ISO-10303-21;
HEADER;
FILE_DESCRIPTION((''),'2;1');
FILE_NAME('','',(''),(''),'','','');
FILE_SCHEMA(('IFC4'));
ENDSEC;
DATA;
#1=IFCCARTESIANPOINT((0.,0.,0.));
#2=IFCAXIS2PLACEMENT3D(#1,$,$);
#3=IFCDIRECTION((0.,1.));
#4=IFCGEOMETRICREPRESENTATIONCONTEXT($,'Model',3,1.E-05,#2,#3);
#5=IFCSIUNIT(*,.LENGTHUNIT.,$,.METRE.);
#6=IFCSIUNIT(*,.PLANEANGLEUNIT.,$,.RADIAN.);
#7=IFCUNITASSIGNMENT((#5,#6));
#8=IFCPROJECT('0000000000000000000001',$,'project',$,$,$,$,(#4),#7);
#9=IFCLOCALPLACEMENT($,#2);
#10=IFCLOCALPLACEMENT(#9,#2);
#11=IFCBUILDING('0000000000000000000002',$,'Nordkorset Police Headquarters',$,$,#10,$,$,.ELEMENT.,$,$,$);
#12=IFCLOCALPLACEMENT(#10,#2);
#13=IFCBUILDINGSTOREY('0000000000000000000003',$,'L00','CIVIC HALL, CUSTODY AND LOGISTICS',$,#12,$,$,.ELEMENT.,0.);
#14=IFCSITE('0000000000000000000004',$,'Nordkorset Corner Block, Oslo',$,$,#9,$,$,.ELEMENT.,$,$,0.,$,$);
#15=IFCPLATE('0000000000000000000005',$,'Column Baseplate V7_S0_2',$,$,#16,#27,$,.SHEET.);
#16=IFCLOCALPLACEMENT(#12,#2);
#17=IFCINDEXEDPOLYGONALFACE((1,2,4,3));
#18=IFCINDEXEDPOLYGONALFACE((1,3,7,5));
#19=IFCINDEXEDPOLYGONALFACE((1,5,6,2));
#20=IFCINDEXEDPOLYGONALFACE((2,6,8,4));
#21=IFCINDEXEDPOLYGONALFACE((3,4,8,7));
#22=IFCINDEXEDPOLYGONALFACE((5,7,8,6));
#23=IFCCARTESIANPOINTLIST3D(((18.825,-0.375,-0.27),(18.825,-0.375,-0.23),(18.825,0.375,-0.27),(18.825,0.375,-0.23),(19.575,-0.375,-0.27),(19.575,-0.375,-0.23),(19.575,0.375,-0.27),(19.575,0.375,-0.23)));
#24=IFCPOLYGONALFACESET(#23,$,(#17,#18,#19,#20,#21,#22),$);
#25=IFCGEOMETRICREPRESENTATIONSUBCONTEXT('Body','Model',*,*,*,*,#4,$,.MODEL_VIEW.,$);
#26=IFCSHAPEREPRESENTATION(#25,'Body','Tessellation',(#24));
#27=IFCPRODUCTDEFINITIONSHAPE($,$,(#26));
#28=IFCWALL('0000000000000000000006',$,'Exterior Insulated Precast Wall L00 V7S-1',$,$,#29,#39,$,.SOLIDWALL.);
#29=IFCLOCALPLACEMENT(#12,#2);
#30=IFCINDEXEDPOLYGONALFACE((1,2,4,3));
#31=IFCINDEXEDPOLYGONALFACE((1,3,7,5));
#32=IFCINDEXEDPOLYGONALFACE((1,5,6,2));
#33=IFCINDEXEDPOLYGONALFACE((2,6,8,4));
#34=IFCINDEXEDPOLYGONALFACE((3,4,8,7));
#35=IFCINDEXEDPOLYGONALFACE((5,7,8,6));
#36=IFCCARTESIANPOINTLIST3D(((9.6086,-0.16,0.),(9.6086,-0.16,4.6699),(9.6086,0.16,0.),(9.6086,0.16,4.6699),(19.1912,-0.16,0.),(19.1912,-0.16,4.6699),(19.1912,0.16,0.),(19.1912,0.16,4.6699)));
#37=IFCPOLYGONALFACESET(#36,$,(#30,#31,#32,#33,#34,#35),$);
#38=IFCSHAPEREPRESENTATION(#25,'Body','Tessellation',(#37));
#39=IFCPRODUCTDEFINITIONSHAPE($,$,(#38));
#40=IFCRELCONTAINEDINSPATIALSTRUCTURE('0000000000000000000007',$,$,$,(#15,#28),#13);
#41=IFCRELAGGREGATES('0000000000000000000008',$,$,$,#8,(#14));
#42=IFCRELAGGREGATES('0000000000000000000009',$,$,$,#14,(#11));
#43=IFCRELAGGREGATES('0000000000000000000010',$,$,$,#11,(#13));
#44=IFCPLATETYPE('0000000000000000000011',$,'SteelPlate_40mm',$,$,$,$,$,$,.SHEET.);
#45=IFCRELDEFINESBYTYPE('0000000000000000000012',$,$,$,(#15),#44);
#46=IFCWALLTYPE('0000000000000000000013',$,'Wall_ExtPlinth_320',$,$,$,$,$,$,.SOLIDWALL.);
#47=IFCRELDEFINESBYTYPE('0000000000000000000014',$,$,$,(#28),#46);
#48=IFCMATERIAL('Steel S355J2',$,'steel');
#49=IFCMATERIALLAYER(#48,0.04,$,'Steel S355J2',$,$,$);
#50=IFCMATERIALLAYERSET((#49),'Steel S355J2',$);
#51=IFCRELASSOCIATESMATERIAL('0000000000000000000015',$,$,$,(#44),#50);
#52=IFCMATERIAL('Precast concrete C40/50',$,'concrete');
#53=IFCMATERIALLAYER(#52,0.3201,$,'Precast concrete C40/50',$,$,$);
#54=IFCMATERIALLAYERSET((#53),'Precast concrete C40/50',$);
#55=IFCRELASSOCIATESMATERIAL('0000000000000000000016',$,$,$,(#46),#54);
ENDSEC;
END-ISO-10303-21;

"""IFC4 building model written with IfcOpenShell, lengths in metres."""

from ifc_helpers import new_model, si_unit, direction, frame, frame_2d, origin, origin_2d, place, context, subcontext, project, spatial, rectangle, extrude, material, layer, layer_set, type_object, element, save


model = new_model("IFC4")

# Units and contexts
model_context = context("Model", 3, precision=1e-05, world=origin(), true_north=direction((0.0, 1.0)))
body_context = subcontext(model_context, "Body", "Model", "MODEL_VIEW")
ifc_project = project(units=[si_unit("LENGTHUNIT", "METRE"), si_unit("PLANEANGLEUNIT", "RADIAN")], contexts=[model_context])

# Site, building, storey
site_placement = place(None, origin())
site = spatial("IfcSite", under=ifc_project, at=site_placement, Name="Nordkorset Corner Block, Oslo", CompositionType="ELEMENT", RefElevation=0.0)
building_placement = place(site_placement, origin())
building = spatial("IfcBuilding", under=site, at=building_placement, Name="Nordkorset Police Headquarters", CompositionType="ELEMENT")
storey_placement = place(building_placement, origin())
storey = spatial("IfcBuildingStorey", under=building, at=storey_placement, Name="L00", Description="CIVIC HALL, CUSTODY AND LOGISTICS", CompositionType="ELEMENT", Elevation=0.0)

# Plate
ifc_material_1 = material(Name="Steel S355J2", Category="steel")
ifc_layer_1 = layer(ifc_material_1, 0.04, Name="Steel S355J2")
ifc_layer_set_1 = layer_set([ifc_layer_1], Name="Steel S355J2")
plate_type_1 = type_object("IfcPlateType", Name="SteelPlate_40mm", PredefinedType="SHEET", material=ifc_layer_set_1)
for number, where, z_axis, x_axis, name in (
    (1, (19.2, 0.0, -0.27), (0.0, 0.0, 1.0), (1.0, 0.0, 0.0), "Column Baseplate V7_S0_2"),
):
    element("IfcPlate", number, at=place(storey_placement, frame(where, z_axis=z_axis, x_axis=x_axis)), inside=storey, type_object=plate_type_1, Name=name, PredefinedType="SHEET", context=body_context, shape_type="SweptSolid", body=[
        extrude(rectangle(XDim=0.75, YDim=0.75, at=origin_2d()), origin(), (0.0, 0.0, 1.0), 0.04),
    ])

# Wall
ifc_material_2 = material(Name="Precast concrete C40/50", Category="concrete")
ifc_layer_2 = layer(ifc_material_2, 0.3201, Name="Precast concrete C40/50")
ifc_layer_set_2 = layer_set([ifc_layer_2], Name="Precast concrete C40/50")
wall_type = type_object("IfcWallType", Name="Wall_ExtPlinth_320", PredefinedType="SOLIDWALL", material=ifc_layer_set_2)
wall_placement = place(storey_placement, frame((9.6086, 0.0, 0.0), z_axis=(0.0, 0.0, 1.0), x_axis=(1.0, 0.0, 0.0)))
element("IfcWall", 2, at=wall_placement, inside=storey, type_object=wall_type, Name="Exterior Insulated Precast Wall L00 V7S-1", PredefinedType="SOLIDWALL", context=body_context, shape_type="SweptSolid", body=[
    extrude(rectangle(XDim=9.5825, YDim=0.3201, at=frame_2d((4.7913, 0.0))), origin(), (0.0, 0.0, 1.0), 4.6699),
])

save(model, "model.ifc")
